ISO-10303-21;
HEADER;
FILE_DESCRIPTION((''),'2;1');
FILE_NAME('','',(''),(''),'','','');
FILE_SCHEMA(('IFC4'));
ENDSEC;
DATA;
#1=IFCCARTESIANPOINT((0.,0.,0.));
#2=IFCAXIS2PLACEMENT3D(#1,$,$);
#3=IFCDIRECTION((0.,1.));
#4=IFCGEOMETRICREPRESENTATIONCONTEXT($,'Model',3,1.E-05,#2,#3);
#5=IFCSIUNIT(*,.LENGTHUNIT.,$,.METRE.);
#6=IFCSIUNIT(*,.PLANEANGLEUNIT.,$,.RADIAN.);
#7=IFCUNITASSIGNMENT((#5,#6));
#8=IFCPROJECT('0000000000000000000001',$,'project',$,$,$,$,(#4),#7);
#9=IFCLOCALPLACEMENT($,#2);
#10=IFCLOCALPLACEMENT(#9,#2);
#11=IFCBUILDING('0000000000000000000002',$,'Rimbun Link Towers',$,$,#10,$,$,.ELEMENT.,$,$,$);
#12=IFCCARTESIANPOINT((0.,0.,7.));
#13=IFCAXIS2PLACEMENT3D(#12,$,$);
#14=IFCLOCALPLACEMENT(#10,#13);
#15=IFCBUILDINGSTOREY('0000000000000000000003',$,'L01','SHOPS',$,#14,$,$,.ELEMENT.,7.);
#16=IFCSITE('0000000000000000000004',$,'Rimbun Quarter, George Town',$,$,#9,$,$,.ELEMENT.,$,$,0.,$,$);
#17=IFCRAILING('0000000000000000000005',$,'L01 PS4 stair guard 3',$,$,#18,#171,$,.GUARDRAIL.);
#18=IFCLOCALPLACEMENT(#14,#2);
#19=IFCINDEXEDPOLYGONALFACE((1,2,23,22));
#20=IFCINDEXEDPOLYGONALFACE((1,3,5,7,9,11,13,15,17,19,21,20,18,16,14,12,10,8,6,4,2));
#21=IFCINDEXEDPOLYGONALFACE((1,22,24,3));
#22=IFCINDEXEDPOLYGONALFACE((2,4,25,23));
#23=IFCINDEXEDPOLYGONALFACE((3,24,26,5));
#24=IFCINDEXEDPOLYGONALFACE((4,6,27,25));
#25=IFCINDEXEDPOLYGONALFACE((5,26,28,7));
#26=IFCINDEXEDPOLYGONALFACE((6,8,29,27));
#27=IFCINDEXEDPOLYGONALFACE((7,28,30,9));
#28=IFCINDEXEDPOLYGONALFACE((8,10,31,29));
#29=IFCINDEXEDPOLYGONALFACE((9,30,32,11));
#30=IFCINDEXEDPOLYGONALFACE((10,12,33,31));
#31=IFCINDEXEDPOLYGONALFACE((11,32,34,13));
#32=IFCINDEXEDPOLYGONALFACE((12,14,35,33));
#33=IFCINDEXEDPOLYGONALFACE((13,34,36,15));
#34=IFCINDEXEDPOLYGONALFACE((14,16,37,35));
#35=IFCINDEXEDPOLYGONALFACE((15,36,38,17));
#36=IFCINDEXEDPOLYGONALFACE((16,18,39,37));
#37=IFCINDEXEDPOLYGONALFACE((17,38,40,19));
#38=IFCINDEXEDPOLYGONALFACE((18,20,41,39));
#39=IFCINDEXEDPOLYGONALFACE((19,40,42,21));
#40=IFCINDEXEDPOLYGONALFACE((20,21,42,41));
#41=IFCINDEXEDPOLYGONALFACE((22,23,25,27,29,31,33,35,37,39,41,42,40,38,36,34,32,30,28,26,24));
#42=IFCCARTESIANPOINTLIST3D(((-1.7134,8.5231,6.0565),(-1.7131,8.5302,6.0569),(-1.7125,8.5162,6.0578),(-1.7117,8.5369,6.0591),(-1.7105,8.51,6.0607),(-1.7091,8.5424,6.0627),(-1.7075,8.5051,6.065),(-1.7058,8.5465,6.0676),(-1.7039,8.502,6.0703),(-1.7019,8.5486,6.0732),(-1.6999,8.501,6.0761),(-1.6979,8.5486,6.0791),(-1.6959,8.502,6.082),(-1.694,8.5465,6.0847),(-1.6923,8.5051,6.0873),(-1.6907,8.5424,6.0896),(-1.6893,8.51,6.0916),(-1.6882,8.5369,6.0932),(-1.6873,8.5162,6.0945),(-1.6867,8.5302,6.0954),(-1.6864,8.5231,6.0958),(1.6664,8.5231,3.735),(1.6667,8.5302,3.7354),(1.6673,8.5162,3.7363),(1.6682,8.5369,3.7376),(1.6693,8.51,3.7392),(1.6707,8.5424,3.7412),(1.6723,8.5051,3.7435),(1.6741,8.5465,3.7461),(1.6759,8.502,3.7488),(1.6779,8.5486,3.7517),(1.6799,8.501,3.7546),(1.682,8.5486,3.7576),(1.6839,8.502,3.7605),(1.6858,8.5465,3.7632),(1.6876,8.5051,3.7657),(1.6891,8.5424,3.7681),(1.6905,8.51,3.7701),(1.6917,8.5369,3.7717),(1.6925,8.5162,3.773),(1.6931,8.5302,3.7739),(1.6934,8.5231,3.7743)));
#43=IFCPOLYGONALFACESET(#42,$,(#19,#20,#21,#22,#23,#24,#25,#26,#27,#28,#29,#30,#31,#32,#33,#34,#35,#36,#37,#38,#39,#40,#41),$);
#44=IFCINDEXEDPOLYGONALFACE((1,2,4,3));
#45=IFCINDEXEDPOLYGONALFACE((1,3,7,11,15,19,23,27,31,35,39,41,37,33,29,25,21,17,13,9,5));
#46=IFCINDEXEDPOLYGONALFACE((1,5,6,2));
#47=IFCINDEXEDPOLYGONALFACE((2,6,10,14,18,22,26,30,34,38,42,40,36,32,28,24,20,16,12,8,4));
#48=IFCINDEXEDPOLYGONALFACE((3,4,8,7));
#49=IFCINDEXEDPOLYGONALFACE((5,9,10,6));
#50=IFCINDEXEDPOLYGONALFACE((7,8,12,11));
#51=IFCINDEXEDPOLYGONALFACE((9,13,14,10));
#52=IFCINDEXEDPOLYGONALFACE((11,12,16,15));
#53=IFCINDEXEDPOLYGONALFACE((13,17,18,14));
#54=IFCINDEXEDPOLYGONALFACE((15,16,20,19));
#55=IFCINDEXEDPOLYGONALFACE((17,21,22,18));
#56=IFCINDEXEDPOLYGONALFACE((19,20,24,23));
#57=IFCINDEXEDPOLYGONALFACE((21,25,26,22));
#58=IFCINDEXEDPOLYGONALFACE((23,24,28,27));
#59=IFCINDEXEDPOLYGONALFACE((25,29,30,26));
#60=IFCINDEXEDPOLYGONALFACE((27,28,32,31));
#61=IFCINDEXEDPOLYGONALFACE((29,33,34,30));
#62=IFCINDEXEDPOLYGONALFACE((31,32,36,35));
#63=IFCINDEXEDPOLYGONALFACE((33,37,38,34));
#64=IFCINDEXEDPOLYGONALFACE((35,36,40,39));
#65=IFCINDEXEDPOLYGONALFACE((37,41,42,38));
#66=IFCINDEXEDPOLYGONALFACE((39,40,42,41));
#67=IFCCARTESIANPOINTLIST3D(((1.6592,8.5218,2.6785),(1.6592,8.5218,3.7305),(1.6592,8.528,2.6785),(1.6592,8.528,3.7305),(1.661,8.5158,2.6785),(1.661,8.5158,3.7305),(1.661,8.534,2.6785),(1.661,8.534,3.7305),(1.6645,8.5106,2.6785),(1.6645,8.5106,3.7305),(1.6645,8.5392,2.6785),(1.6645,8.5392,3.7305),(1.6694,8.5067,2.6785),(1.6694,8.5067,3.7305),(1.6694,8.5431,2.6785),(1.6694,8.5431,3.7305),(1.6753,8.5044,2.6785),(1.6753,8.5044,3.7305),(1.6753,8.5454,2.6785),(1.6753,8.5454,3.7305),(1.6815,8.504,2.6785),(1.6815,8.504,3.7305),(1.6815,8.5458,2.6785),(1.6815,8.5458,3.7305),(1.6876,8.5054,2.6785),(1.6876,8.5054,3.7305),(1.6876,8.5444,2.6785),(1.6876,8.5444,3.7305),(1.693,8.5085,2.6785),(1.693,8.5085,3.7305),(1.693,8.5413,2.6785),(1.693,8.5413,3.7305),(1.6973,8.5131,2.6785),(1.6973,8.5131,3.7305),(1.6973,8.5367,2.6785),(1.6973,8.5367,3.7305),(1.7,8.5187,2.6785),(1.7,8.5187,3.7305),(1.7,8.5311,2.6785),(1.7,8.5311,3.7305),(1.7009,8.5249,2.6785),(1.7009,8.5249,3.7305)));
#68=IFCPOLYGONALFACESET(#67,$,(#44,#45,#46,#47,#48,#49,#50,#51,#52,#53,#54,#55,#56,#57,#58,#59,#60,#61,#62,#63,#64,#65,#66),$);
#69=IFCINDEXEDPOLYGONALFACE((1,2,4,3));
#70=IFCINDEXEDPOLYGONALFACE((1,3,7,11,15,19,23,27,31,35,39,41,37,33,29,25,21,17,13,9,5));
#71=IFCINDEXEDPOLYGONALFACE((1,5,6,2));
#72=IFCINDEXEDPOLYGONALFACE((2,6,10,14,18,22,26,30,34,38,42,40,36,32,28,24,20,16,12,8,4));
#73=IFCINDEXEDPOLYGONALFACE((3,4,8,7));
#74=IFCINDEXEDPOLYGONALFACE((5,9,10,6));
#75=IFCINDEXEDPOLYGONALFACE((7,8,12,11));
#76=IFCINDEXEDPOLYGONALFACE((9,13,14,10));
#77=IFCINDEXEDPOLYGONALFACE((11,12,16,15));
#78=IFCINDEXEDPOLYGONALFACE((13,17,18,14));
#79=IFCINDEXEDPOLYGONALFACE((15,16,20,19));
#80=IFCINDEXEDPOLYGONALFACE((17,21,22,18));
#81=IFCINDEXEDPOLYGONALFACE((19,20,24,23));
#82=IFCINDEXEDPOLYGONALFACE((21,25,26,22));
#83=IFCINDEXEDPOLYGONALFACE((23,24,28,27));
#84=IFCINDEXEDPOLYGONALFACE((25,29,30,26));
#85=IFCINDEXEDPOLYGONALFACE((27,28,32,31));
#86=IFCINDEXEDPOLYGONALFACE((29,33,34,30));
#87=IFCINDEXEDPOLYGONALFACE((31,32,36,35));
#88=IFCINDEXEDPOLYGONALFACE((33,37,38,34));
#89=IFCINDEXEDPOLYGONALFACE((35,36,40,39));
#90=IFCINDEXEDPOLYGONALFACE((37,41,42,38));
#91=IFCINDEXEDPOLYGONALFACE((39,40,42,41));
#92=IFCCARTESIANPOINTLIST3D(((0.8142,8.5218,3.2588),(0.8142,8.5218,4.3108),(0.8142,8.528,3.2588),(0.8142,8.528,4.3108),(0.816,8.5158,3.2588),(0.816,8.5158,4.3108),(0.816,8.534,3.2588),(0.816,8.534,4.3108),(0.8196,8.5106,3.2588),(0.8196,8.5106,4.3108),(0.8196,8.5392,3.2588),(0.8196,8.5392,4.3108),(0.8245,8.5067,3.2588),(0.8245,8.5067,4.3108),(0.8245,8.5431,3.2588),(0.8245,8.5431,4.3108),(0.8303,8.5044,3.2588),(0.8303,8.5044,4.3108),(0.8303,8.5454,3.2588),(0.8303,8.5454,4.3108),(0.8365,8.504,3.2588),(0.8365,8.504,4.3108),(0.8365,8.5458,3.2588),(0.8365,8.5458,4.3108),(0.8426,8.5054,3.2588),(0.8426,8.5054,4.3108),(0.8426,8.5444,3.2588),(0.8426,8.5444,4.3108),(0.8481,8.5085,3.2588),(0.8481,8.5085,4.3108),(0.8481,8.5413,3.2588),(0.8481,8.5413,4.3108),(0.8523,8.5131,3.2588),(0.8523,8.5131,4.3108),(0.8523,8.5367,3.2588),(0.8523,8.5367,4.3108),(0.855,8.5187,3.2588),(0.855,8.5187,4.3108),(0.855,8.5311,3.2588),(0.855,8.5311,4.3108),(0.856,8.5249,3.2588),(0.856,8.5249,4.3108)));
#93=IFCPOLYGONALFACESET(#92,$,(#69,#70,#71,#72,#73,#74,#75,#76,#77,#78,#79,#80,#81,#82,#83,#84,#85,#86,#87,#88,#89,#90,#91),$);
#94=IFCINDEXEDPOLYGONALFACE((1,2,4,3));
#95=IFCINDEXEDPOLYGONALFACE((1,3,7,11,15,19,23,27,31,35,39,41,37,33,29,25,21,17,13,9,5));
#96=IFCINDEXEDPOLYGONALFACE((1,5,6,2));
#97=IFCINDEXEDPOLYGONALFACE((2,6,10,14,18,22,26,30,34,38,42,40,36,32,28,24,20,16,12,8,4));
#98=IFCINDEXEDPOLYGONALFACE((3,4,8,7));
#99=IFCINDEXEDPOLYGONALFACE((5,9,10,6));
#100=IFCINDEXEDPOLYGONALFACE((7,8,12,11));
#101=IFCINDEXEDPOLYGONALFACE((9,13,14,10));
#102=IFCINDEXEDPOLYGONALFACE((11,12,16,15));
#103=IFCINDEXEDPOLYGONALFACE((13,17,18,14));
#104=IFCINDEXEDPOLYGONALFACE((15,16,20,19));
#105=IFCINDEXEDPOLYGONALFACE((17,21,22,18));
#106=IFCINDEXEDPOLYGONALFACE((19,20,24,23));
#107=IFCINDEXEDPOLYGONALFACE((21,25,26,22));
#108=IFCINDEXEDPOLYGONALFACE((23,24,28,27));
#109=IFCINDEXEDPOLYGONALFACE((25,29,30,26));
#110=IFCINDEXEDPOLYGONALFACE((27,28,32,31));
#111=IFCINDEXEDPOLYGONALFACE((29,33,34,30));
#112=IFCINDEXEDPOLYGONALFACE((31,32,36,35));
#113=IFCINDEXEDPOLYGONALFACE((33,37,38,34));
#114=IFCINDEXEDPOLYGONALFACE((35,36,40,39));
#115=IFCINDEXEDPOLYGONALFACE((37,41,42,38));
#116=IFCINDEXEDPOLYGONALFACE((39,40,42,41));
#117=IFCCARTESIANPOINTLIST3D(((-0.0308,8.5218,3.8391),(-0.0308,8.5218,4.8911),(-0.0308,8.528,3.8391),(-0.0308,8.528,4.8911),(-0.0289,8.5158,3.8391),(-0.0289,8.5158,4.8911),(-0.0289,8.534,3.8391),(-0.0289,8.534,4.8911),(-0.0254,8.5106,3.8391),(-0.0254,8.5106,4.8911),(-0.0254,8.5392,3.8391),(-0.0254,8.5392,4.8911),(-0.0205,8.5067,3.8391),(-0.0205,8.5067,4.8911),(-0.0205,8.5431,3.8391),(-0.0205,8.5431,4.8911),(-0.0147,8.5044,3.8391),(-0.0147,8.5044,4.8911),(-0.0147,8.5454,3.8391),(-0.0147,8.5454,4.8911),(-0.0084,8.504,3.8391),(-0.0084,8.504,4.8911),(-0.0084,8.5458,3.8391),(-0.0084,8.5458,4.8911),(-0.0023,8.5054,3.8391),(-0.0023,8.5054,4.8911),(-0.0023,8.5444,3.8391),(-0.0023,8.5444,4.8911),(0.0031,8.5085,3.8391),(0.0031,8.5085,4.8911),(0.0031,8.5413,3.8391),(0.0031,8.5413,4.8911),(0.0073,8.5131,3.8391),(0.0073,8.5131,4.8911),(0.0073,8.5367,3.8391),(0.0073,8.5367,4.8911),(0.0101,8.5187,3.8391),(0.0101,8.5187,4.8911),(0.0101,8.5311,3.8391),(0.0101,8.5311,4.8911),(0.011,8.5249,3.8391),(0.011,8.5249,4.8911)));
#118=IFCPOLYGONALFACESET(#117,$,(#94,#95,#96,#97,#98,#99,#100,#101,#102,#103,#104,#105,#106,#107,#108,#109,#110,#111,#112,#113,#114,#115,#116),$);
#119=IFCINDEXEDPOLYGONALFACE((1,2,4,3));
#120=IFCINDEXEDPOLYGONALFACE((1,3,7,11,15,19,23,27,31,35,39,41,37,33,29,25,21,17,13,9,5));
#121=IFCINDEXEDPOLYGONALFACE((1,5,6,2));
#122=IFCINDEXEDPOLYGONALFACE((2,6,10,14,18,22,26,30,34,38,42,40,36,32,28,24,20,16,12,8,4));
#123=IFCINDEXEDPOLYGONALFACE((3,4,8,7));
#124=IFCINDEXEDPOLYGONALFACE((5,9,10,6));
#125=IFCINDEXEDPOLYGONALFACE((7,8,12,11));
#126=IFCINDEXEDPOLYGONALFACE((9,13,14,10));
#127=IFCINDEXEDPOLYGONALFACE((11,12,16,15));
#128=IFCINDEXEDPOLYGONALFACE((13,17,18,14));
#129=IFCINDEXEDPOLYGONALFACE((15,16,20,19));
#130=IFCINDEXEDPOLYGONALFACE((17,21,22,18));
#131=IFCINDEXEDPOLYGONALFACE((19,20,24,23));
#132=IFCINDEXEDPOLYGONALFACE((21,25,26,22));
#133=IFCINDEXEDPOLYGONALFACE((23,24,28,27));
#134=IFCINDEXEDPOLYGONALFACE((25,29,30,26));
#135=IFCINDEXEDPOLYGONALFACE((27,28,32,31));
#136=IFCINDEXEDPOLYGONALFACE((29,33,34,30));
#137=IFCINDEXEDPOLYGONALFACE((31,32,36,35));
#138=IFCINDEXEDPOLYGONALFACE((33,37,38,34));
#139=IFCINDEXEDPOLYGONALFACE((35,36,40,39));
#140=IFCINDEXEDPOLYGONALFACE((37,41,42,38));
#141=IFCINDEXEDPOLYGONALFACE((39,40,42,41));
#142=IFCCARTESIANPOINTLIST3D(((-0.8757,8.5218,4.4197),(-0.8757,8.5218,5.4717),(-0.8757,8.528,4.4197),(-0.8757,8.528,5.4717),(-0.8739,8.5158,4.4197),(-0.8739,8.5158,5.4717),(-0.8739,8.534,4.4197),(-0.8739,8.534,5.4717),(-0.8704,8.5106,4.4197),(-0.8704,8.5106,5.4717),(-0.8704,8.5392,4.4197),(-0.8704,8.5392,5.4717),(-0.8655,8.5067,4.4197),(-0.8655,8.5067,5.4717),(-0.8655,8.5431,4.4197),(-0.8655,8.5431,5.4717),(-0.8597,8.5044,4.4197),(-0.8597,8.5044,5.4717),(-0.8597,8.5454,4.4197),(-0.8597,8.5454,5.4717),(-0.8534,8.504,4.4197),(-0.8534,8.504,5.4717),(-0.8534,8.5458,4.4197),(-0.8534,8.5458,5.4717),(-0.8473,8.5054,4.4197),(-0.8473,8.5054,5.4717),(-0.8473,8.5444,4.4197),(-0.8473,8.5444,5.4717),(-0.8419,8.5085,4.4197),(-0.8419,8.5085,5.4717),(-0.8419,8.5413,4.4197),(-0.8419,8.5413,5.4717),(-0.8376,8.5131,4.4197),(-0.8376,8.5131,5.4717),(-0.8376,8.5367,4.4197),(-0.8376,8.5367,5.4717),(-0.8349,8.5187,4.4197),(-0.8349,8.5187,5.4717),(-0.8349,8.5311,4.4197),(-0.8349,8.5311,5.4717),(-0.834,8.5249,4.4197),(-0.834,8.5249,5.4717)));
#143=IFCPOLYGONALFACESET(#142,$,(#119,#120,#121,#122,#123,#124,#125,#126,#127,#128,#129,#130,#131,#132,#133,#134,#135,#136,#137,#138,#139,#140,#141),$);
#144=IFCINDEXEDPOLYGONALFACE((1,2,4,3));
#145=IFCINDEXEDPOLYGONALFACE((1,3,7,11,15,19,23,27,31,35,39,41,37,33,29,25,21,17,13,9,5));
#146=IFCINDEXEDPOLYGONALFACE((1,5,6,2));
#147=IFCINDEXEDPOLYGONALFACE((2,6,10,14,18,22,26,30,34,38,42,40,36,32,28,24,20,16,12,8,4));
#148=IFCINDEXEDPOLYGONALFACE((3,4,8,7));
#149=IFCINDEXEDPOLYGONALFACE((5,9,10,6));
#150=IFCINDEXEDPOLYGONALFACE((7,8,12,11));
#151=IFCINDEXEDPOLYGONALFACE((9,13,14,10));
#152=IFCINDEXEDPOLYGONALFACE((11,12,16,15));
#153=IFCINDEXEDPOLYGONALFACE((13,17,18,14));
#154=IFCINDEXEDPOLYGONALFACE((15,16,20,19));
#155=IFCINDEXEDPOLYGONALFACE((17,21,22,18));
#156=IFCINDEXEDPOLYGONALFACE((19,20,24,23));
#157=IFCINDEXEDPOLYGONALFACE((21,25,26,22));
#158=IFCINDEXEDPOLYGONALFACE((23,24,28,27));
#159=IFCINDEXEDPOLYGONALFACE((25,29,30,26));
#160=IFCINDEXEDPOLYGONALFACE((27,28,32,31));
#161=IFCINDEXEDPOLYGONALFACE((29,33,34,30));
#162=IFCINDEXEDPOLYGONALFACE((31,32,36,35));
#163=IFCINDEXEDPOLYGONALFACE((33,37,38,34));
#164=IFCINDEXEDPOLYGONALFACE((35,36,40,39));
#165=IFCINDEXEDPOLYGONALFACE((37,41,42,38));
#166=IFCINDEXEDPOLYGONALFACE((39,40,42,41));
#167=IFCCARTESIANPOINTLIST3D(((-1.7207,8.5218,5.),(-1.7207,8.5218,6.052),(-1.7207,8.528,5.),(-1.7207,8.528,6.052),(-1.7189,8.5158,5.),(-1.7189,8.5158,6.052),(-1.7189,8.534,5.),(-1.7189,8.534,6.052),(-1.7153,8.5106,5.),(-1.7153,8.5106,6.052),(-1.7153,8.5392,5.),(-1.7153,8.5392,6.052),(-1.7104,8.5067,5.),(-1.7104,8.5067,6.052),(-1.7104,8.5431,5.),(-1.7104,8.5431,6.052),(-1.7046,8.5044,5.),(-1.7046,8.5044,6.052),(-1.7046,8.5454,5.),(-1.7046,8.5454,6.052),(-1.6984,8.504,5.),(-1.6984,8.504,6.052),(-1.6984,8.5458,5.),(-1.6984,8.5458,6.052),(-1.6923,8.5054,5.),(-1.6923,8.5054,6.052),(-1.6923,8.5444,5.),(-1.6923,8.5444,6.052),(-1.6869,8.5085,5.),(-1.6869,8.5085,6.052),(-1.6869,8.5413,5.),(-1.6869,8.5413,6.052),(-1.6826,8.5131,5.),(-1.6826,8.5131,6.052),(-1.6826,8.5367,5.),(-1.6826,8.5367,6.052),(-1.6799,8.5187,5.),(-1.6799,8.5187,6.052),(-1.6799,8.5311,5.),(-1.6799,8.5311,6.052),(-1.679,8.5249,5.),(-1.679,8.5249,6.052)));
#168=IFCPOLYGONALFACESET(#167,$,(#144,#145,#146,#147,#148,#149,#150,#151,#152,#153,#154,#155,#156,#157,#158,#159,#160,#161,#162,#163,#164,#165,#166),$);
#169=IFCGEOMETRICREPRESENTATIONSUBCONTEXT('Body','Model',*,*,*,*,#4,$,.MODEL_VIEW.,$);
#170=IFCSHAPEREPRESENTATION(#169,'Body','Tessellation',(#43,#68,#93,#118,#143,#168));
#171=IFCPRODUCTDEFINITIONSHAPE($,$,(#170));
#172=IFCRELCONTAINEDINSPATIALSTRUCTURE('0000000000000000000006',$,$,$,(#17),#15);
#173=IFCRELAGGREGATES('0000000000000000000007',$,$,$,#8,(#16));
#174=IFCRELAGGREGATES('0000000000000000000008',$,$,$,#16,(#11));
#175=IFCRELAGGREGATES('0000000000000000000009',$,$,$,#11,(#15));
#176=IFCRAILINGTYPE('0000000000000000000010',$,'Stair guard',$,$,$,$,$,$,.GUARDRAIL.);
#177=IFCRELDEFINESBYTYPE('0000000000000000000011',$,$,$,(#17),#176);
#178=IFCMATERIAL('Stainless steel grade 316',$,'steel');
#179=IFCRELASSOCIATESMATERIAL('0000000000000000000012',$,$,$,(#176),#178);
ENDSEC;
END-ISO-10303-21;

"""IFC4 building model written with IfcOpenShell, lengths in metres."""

from ifc_helpers import new_model, si_unit, direction, frame, origin, origin_2d, place, context, subcontext, project, spatial, circle, extrude, material, type_object, element, save


model = new_model("IFC4")

# Units and contexts
model_context = context("Model", 3, precision=1e-05, world=origin(), true_north=direction((0.0, 1.0)))
body_context = subcontext(model_context, "Body", "Model", "MODEL_VIEW")
ifc_project = project(units=[si_unit("LENGTHUNIT", "METRE"), si_unit("PLANEANGLEUNIT", "RADIAN")], contexts=[model_context])

# Site, building, storey
site_placement = place(None, origin())
site = spatial("IfcSite", under=ifc_project, at=site_placement, Name="Rimbun Quarter, George Town", CompositionType="ELEMENT", RefElevation=0.0)
building_placement = place(site_placement, origin())
building = spatial("IfcBuilding", under=site, at=building_placement, Name="Rimbun Link Towers", CompositionType="ELEMENT")
storey_placement = place(building_placement, frame((0.0, 0.0, 7.0)))
storey = spatial("IfcBuildingStorey", under=building, at=storey_placement, Name="L01", Description="SHOPS", CompositionType="ELEMENT", Elevation=7.0)

# Railing
ifc_material_1 = material(Name="Stainless steel grade 316", Category="steel")
railing_type_1 = type_object("IfcRailingType", Name="Stair guard", PredefinedType="GUARDRAIL", material=ifc_material_1)
railing_1_placement = place(storey_placement, frame((1.6799, 8.5249, 2.6785)))
element("IfcRailing", 1, at=railing_1_placement, inside=storey, type_object=railing_type_1, Name="L01 PS4 stair guard 3", PredefinedType="GUARDRAIL", context=body_context, shape_type="SweptSolid", body=[
    extrude(circle(Radius=0.0239, at=origin_2d()), frame((0.0, 0.0, 1.0762), z_axis=(-0.824285, 0.0, 0.566175), x_axis=(0.0, -1.0, 0.0)), (0.0, 0.0, 1.0), 4.1003),
    extrude(circle(Radius=0.021, at=origin_2d()), origin(), (0.0, 0.0, 1.0), 1.052),
    extrude(circle(Radius=0.021, at=origin_2d()), frame((-0.845, 0.0, 0.5803)), (0.0, 0.0, 1.0), 1.052),
    extrude(circle(Radius=0.021, at=origin_2d()), frame((-1.6899, 0.0, 1.1606)), (0.0, 0.0, 1.0), 1.052),
    extrude(circle(Radius=0.021, at=origin_2d()), frame((-2.5349, 0.0, 1.7412)), (0.0, 0.0, 1.0), 1.052),
    extrude(circle(Radius=0.021, at=origin_2d()), frame((-3.3799, 0.0, 2.3215)), (0.0, 0.0, 1.0), 1.052),
])

save(model, "model.ifc")
